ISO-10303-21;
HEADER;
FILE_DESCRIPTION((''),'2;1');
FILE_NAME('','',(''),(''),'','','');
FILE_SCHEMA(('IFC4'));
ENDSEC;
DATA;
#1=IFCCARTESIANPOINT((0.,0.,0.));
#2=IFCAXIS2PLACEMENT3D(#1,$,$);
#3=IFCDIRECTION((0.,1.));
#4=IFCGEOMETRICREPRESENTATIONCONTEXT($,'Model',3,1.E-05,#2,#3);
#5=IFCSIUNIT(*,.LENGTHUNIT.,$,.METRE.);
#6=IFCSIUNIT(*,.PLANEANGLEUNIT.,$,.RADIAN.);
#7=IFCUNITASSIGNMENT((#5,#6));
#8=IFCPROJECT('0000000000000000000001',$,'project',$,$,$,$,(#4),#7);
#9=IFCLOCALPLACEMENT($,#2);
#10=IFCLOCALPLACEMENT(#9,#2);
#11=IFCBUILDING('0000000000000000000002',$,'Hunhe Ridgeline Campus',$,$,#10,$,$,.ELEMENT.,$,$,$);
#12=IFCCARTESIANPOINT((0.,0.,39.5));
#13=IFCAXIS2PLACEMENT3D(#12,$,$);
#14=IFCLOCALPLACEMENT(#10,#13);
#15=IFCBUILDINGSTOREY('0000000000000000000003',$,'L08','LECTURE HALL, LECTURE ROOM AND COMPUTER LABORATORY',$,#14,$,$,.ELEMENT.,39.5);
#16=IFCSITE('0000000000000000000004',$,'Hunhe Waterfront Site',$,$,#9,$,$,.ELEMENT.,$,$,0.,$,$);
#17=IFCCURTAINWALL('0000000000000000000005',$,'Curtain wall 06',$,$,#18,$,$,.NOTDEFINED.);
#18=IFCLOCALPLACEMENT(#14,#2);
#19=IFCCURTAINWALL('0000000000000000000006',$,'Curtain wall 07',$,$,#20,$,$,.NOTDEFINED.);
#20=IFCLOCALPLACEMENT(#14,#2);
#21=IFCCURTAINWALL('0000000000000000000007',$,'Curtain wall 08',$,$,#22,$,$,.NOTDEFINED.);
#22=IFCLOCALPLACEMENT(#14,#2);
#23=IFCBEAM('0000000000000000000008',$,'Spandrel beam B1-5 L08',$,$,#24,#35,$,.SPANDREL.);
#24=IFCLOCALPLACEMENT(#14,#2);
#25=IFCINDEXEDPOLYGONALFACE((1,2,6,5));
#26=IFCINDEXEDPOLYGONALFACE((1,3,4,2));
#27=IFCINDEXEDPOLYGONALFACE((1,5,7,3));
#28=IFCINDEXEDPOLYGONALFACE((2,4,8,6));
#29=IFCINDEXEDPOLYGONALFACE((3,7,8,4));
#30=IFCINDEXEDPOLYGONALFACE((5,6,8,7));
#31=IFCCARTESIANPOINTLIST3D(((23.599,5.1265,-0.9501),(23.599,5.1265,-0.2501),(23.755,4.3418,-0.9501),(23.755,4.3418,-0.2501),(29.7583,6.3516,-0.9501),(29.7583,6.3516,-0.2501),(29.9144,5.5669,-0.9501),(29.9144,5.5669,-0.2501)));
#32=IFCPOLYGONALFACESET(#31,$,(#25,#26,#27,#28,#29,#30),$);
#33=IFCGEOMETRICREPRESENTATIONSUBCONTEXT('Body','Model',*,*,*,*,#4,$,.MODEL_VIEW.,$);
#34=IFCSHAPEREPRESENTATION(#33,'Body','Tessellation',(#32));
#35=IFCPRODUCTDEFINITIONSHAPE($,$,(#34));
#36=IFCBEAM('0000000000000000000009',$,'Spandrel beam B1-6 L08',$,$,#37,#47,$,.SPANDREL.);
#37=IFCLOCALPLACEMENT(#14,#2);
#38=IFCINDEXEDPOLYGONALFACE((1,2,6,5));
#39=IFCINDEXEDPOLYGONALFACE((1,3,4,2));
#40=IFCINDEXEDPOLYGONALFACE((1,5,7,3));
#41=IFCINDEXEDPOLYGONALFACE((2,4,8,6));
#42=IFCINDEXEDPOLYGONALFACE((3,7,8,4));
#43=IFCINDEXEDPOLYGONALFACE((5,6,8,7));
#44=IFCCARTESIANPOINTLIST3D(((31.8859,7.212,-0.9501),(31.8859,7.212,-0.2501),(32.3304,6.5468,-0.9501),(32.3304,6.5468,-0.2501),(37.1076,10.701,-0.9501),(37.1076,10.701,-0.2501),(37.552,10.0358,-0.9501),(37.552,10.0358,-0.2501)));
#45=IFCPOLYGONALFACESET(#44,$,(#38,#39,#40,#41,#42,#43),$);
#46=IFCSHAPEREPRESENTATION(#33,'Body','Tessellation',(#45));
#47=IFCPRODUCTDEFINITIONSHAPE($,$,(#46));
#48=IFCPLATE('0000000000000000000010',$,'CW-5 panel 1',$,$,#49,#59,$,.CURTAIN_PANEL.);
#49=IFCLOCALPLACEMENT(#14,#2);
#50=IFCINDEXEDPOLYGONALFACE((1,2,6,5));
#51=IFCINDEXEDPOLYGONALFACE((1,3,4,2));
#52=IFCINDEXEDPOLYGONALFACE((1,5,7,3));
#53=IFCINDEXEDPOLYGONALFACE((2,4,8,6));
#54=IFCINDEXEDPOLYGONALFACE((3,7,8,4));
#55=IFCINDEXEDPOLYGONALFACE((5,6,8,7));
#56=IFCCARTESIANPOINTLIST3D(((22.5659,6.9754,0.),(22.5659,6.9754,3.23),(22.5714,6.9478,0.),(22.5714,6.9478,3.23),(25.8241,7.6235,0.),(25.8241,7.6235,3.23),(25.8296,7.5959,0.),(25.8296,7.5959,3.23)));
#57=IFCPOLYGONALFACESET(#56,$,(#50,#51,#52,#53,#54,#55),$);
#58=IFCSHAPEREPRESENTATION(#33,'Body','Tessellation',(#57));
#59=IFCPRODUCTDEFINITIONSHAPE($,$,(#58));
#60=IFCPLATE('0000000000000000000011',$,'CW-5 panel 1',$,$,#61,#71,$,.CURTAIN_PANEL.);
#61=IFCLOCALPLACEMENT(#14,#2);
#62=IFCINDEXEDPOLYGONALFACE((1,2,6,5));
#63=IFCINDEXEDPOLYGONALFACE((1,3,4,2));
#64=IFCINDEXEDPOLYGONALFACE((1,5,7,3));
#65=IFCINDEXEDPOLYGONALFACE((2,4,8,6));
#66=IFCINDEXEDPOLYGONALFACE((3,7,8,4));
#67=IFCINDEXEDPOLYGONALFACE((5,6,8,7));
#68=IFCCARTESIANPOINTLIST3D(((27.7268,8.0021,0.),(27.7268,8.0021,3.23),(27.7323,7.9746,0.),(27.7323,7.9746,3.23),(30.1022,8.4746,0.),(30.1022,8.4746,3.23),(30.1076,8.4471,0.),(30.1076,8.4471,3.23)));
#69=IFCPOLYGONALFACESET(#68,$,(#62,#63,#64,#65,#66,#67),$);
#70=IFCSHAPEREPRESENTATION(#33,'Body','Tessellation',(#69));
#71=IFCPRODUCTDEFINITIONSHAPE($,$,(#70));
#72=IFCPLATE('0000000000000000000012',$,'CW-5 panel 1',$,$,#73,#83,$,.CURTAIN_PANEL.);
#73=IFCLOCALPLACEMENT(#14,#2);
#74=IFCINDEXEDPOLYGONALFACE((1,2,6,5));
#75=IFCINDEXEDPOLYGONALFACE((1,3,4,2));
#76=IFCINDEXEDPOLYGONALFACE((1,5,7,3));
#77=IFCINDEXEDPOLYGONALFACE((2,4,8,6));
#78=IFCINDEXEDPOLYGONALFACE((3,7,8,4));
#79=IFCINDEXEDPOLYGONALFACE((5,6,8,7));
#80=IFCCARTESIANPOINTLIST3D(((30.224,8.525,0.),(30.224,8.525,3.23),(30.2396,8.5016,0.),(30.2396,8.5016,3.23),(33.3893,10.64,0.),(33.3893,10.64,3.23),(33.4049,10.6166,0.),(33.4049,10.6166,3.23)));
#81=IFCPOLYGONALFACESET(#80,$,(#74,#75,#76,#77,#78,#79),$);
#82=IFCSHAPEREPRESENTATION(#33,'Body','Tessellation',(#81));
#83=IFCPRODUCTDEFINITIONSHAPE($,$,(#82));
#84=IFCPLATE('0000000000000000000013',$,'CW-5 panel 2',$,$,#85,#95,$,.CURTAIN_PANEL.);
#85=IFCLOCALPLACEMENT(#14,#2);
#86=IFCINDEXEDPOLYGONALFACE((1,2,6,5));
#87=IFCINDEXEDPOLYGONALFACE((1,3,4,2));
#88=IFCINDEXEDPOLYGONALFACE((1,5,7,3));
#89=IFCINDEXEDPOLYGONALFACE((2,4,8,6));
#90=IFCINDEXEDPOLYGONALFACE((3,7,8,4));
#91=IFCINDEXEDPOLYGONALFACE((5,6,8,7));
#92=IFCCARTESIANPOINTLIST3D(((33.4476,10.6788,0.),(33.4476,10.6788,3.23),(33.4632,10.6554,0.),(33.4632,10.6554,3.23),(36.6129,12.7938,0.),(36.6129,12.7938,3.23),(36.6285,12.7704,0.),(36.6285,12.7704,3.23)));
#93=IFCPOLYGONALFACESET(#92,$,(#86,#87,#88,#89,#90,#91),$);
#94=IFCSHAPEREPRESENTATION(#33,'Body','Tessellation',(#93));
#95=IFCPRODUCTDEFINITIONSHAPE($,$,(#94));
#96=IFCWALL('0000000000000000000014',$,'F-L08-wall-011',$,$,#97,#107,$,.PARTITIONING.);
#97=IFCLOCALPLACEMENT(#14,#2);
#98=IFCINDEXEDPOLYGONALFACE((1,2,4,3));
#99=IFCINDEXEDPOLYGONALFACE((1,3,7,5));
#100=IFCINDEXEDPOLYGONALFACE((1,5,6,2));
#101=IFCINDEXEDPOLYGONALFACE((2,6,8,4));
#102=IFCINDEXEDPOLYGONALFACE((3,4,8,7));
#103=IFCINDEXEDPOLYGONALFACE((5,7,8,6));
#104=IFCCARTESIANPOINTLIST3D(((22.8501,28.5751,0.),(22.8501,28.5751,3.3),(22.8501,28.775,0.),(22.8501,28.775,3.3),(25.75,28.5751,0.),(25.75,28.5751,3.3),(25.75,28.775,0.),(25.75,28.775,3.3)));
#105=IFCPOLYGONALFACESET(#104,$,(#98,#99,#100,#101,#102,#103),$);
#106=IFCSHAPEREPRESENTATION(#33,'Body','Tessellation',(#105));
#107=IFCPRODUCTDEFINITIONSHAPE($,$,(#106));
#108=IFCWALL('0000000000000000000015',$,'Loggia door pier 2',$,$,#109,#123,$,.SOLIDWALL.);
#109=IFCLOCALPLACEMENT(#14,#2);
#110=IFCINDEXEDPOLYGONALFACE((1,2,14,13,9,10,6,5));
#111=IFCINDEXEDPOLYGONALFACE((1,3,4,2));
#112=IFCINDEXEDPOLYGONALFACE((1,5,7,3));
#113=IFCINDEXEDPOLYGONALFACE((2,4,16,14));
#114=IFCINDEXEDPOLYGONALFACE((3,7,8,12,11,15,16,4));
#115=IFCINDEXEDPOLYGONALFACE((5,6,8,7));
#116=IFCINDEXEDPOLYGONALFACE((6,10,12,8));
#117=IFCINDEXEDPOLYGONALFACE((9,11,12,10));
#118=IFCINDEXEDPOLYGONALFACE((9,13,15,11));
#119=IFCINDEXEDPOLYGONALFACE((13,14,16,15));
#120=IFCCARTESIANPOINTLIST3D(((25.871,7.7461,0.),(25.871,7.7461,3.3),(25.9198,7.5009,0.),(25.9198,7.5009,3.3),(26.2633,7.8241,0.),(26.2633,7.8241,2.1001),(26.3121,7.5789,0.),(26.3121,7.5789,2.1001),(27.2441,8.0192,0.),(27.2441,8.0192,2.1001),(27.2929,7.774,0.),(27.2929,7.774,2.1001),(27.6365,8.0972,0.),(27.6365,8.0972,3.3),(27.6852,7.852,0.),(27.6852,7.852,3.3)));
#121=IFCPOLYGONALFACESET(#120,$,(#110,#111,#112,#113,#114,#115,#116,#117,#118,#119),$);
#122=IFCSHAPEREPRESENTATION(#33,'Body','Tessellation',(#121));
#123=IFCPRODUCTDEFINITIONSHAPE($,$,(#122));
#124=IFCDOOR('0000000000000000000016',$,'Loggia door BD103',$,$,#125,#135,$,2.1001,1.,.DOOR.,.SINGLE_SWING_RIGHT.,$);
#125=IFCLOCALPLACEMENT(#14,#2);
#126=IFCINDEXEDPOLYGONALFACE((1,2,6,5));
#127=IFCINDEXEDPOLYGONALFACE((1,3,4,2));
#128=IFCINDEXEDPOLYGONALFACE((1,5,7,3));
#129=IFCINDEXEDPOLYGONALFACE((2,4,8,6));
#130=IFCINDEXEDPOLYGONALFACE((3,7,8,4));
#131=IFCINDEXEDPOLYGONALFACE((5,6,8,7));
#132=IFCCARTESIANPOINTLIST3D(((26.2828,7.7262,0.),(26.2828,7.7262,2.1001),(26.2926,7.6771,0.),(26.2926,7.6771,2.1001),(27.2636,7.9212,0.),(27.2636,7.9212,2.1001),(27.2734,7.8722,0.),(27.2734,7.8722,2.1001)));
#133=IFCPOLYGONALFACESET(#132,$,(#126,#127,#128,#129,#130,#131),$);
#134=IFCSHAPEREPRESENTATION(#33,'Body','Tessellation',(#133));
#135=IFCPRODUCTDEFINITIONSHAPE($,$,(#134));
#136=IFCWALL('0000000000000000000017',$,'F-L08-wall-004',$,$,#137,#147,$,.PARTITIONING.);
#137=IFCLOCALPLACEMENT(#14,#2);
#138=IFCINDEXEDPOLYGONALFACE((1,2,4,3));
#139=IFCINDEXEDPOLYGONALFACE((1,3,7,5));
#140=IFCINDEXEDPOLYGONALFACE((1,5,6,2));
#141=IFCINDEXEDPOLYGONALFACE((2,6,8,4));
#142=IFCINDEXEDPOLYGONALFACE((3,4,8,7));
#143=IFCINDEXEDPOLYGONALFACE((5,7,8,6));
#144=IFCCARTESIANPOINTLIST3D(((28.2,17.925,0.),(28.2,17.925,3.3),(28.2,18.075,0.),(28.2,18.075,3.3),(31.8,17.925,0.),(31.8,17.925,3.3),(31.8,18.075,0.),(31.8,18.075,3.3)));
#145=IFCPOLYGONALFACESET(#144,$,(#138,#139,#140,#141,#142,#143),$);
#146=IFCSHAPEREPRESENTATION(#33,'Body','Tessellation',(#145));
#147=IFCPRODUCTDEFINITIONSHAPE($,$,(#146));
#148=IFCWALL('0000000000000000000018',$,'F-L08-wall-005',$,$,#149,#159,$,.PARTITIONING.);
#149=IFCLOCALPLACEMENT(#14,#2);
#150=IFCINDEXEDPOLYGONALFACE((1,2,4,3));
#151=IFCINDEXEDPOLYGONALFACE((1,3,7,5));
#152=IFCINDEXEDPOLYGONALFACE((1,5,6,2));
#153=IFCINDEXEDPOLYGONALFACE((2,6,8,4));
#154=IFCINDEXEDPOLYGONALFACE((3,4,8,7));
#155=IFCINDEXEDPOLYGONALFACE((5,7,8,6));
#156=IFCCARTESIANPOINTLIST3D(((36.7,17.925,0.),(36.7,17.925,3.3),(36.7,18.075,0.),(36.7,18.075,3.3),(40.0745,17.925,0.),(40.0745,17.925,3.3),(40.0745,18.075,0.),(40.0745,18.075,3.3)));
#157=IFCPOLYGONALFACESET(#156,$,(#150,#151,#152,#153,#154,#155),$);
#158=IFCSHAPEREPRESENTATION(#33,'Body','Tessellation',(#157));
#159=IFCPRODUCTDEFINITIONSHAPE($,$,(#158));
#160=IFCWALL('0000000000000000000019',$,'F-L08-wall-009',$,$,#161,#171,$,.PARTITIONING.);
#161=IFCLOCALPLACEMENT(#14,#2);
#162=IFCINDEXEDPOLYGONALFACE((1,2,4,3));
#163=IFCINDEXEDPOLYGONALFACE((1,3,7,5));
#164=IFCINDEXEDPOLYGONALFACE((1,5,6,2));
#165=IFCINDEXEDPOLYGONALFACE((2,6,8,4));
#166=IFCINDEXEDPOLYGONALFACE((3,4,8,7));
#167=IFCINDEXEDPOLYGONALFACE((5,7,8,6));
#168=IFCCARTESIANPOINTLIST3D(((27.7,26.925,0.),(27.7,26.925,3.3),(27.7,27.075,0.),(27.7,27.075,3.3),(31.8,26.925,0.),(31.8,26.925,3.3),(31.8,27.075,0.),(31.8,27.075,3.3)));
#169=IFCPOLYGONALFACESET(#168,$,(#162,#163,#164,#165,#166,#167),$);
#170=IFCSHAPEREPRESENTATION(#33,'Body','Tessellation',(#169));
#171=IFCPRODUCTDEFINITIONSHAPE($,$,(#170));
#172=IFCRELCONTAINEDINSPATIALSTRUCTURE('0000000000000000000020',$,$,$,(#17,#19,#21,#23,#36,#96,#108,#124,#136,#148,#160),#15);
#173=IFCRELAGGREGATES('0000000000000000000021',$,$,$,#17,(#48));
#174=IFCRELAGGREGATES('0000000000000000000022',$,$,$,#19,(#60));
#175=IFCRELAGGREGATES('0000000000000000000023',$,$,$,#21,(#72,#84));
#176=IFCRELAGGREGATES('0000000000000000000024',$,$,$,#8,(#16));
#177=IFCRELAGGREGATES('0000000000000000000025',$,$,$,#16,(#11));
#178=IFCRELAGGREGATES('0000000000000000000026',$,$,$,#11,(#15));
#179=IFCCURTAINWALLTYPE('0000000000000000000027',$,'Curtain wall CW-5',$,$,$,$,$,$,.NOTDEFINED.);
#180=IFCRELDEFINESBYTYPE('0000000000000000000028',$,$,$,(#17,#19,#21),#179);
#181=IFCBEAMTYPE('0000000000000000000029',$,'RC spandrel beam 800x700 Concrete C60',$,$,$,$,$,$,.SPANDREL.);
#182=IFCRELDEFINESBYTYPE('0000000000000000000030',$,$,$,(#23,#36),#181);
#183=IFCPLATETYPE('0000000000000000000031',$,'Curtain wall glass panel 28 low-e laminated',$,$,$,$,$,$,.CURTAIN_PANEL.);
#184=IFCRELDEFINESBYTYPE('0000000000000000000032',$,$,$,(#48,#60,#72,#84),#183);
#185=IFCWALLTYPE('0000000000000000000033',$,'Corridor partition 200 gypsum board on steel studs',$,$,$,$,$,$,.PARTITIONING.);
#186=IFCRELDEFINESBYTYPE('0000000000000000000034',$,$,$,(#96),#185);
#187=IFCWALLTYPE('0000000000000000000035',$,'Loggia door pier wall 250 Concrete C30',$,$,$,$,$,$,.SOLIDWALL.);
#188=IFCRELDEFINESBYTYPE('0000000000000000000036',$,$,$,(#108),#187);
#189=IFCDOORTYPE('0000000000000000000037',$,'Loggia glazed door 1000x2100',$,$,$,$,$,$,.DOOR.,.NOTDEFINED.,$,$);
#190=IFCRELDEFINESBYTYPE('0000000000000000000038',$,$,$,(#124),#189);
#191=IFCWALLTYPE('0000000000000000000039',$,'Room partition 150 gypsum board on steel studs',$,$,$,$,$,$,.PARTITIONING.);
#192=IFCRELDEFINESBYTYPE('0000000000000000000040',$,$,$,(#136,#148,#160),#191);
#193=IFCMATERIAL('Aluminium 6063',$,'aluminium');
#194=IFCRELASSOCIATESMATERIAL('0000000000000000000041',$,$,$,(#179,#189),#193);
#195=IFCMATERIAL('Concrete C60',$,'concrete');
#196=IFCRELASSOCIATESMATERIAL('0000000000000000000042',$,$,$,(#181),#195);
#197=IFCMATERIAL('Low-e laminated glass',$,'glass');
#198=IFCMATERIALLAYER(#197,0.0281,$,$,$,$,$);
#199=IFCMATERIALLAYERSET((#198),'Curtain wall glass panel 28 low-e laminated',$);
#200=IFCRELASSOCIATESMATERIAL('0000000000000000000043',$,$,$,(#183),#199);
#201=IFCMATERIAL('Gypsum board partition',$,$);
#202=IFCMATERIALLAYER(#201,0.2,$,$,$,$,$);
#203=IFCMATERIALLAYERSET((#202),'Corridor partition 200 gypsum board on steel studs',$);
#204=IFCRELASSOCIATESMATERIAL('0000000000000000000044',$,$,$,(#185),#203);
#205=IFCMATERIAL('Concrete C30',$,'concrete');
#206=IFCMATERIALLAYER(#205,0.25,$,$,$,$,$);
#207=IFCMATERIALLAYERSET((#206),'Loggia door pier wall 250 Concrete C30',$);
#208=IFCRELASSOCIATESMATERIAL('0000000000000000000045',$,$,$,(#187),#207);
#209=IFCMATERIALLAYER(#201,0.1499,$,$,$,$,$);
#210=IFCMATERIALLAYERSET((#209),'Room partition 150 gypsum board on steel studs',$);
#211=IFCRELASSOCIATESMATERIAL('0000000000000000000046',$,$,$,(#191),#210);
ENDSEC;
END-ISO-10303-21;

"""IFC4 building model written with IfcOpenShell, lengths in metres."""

from ifc_helpers import new_model, si_unit, direction, frame, frame_2d, origin, origin_2d, place, context, subcontext, project, spatial, rectangle, extrude, material, layer, layer_set, material_profile, profile_set, type_object, element, fill, aggregate, save


model = new_model("IFC4")

# Units and contexts
model_context = context("Model", 3, precision=1e-05, world=origin(), true_north=direction((0.0, 1.0)))
body_context = subcontext(model_context, "Body", "Model", "MODEL_VIEW")
ifc_project = project(units=[si_unit("LENGTHUNIT", "METRE"), si_unit("PLANEANGLEUNIT", "RADIAN")], contexts=[model_context])

# Site, building, storey
site_placement = place(None, origin())
site = spatial("IfcSite", under=ifc_project, at=site_placement, Name="Hunhe Waterfront Site", CompositionType="ELEMENT", RefElevation=0.0)
building_placement = place(site_placement, origin())
building = spatial("IfcBuilding", under=site, at=building_placement, Name="Hunhe Ridgeline Campus", CompositionType="ELEMENT")
storey_placement = place(building_placement, frame((0.0, 0.0, 39.5)))
storey = spatial("IfcBuildingStorey", under=building, at=storey_placement, Name="L08", Description="LECTURE HALL, LECTURE ROOM AND COMPUTER LABORATORY", CompositionType="ELEMENT", Elevation=39.5)

# Curtain wall
ifc_material_1 = material(Name="Aluminium 6063", Category="aluminium")
curtain_wall_type = type_object("IfcCurtainWallType", Name="Curtain wall CW-5", PredefinedType="NOTDEFINED", material=ifc_material_1)
curtain_wall_1_placement = place(storey_placement, origin())
curtain_wall_1 = element("IfcCurtainWall", 1, at=curtain_wall_1_placement, inside=storey, type_object=curtain_wall_type, Name="Curtain wall 06", PredefinedType="NOTDEFINED")

# Curtain walls
curtain_wall_2_placement = place(storey_placement, origin())
curtain_wall_2 = element("IfcCurtainWall", 2, at=curtain_wall_2_placement, inside=storey, type_object=curtain_wall_type, Name="Curtain wall 07", PredefinedType="NOTDEFINED")
curtain_wall_3_placement = place(storey_placement, origin())
curtain_wall_3 = element("IfcCurtainWall", 3, at=curtain_wall_3_placement, inside=storey, type_object=curtain_wall_type, Name="Curtain wall 08", PredefinedType="NOTDEFINED")

# Beams
ifc_material_2 = material(Name="Concrete C60", Category="concrete")
ifc_material_profile_1 = material_profile(ifc_material_2, rectangle(XDim=0.8, YDim=0.7, at=origin_2d()))
ifc_profile_set_1 = profile_set([ifc_material_profile_1], Name="Concrete C60")
beam_type = type_object("IfcBeamType", Name="RC spandrel beam 800x700 Concrete C60", PredefinedType="SPANDREL", material=ifc_profile_set_1)
for number, where, z_axis, x_axis, name in (
    (4, (23.677, 4.7341, -0.6001), (0.980788, 0.195077, 0.0), (-0.195077, 0.980788, 0.0), "Spandrel beam B1-5 L08"),
    (5, (32.1082, 6.8794, -0.6001), (0.83147, 0.55557, 0.0), (-0.55557, 0.83147, 0.0), "Spandrel beam B1-6 L08"),
):
    element("IfcBeam", number, at=place(storey_placement, frame(where, z_axis=z_axis, x_axis=x_axis)), inside=storey, type_object=beam_type, Name=name, PredefinedType="SPANDREL", context=body_context, shape_type="SweptSolid", body=[
        extrude(rectangle(XDim=0.8, YDim=0.7, at=origin_2d()), origin(), (0.0, 0.0, 1.0), 6.28),
    ])

# Plates
ifc_material_3 = material(Name="Low-e laminated glass", Category="glass")
ifc_layer_1 = layer(ifc_material_3, 0.0281)
ifc_layer_set_1 = layer_set([ifc_layer_1], Name="Curtain wall glass panel 28 low-e laminated")
plate_type = type_object("IfcPlateType", Name="Curtain wall glass panel 28 low-e laminated", PredefinedType="CURTAIN_PANEL", material=ifc_layer_set_1)
plate_1_placement = place(storey_placement, frame((24.1978, 7.2856, 0.0), z_axis=(0.0, 0.0, 1.0), x_axis=(0.980785, 0.19509, 0.0)))
plate_1 = element("IfcPlate", 6, at=plate_1_placement, type_object=plate_type, Name="CW-5 panel 1", PredefinedType="CURTAIN_PANEL", context=body_context, shape_type="SweptSolid", body=[
    extrude(rectangle(XDim=3.322, YDim=0.0281, at=origin_2d()), origin(), (0.0, 0.0, 1.0), 3.23),
])
aggregate(curtain_wall_1, [plate_1])
plate_2_placement = place(storey_placement, frame((28.9172, 8.2246, 0.0), z_axis=(0.0, 0.0, 1.0), x_axis=(0.980785, 0.195091, 0.0)))
plate_2 = element("IfcPlate", 7, at=plate_2_placement, type_object=plate_type, Name="CW-5 panel 1", PredefinedType="CURTAIN_PANEL", context=body_context, shape_type="SweptSolid", body=[
    extrude(rectangle(XDim=2.4219, YDim=0.0281, at=origin_2d()), origin(), (0.0, 0.0, 1.0), 3.23),
])
aggregate(curtain_wall_2, [plate_2])
plate_3_placement = place(storey_placement, frame((31.8145, 9.5708, 0.0), z_axis=(0.0, 0.0, 1.0), x_axis=(0.83147, 0.55557, 0.0)))
plate_3 = element("IfcPlate", 8, at=plate_3_placement, type_object=plate_type, Name="CW-5 panel 1", PredefinedType="CURTAIN_PANEL", context=body_context, shape_type="SweptSolid", body=[
    extrude(rectangle(XDim=3.8069, YDim=0.0281, at=origin_2d()), origin(), (0.0, 0.0, 1.0), 3.23),
])
plate_4_placement = place(storey_placement, frame((35.0381, 11.7246, 0.0), z_axis=(0.0, 0.0, 1.0), x_axis=(0.83147, 0.55557, 0.0)))
plate_4 = element("IfcPlate", 9, at=plate_4_placement, type_object=plate_type, Name="CW-5 panel 2", PredefinedType="CURTAIN_PANEL", context=body_context, shape_type="SweptSolid", body=[
    extrude(rectangle(XDim=3.8069, YDim=0.0281, at=origin_2d()), origin(), (0.0, 0.0, 1.0), 3.23),
])
aggregate(curtain_wall_3, [plate_3, plate_4])

# Wall
ifc_material_4 = material(Name="Gypsum board partition")
ifc_layer_2 = layer(ifc_material_4, 0.2)
ifc_layer_set_2 = layer_set([ifc_layer_2], Name="Corridor partition 200 gypsum board on steel studs")
wall_type_1 = type_object("IfcWallType", Name="Corridor partition 200 gypsum board on steel studs", PredefinedType="PARTITIONING", material=ifc_layer_set_2)
wall_1_placement = place(storey_placement, frame((25.75, 28.675, 0.0), z_axis=(0.0, 0.0, 1.0), x_axis=(-1.0, 0.0, 0.0)))
element("IfcWall", 10, at=wall_1_placement, inside=storey, type_object=wall_type_1, Name="F-L08-wall-011", PredefinedType="PARTITIONING", context=body_context, shape_type="SweptSolid", body=[
    extrude(rectangle(XDim=2.8999, YDim=0.2, at=frame_2d((1.45, 0.0))), origin(), (0.0, 0.0, 1.0), 3.3),
])

# Wall, opening, door
ifc_material_5 = material(Name="Concrete C30", Category="concrete")
ifc_layer_3 = layer(ifc_material_5, 0.25)
ifc_layer_set_3 = layer_set([ifc_layer_3], Name="Loggia door pier wall 250 Concrete C30")
wall_type_2 = type_object("IfcWallType", Name="Loggia door pier wall 250 Concrete C30", PredefinedType="SOLIDWALL", material=ifc_layer_set_3)
wall_2_placement = place(storey_placement, frame((25.8955, 7.6235, 0.0), z_axis=(0.0, 0.0, 1.0), x_axis=(0.980794, 0.195047, 0.0)))
wall_2 = element("IfcWall", 11, at=wall_2_placement, inside=storey, type_object=wall_type_2, Name="Loggia door pier 2", PredefinedType="SOLIDWALL", context=body_context, shape_type="SweptSolid", body=[
    extrude(rectangle(XDim=1.8, YDim=0.25, at=frame_2d((0.8999, 0.0))), origin(), (0.0, 0.0, 1.0), 3.3),
])
opening_1_placement = place(wall_2_placement, frame((0.3999, 0.0, 0.0)))
opening_1 = element("IfcOpeningElement", 12, at=opening_1_placement, cuts=wall_2, PredefinedType="OPENING", context=body_context, shape_type="SweptSolid", body=[
    extrude(rectangle(XDim=1.0, YDim=2.1001, at=frame_2d((0.5, 1.05))), frame((0.0, 0.125, 0.0), z_axis=(0.0, -1.0, 0.0), x_axis=(1.0, 0.0, 0.0)), (0.0, 0.0, 1.0), 0.25),
])
door_type_1 = type_object("IfcDoorType", Name="Loggia glazed door 1000x2100", OperationType="NOTDEFINED", PredefinedType="DOOR", material=ifc_material_1)
door_1_placement = place(opening_1_placement, frame((1.0, 0.0, 0.0), z_axis=(0.0, 0.0, 1.0), x_axis=(-1.0, 0.0, 0.0)))
door_1 = element("IfcDoor", 13, at=door_1_placement, inside=storey, type_object=door_type_1, Name="Loggia door BD103", OperationType="SINGLE_SWING_RIGHT", OverallHeight=2.1001, OverallWidth=1.0, PredefinedType="DOOR", context=body_context, shape_type="SweptSolid", body=[
    extrude(rectangle(XDim=1.0, YDim=2.1001, at=frame_2d((0.5, 1.05))), frame((0.0, 0.0249, 0.0), z_axis=(0.0, -1.0, 0.0), x_axis=(1.0, 0.0, 0.0)), (0.0, 0.0, 1.0), 0.05),
])
fill(opening_1, door_1)

# Walls
ifc_layer_4 = layer(ifc_material_4, 0.1499)
ifc_layer_set_4 = layer_set([ifc_layer_4], Name="Room partition 150 gypsum board on steel studs")
wall_type_3 = type_object("IfcWallType", Name="Room partition 150 gypsum board on steel studs", PredefinedType="PARTITIONING", material=ifc_layer_set_4)
wall_3_placement = place(storey_placement, frame((28.2, 18.0, 0.0), z_axis=(0.0, 0.0, 1.0), x_axis=(1.0, 0.0, 0.0)))
element("IfcWall", 14, at=wall_3_placement, inside=storey, type_object=wall_type_3, Name="F-L08-wall-004", PredefinedType="PARTITIONING", context=body_context, shape_type="SweptSolid", body=[
    extrude(rectangle(XDim=3.6001, YDim=0.1499, at=frame_2d((1.8, 0.0))), origin(), (0.0, 0.0, 1.0), 3.3),
])
wall_4_placement = place(storey_placement, frame((36.7, 18.0, 0.0), z_axis=(0.0, 0.0, 1.0), x_axis=(1.0, 0.0, 0.0)))
element("IfcWall", 15, at=wall_4_placement, inside=storey, type_object=wall_type_3, Name="F-L08-wall-005", PredefinedType="PARTITIONING", context=body_context, shape_type="SweptSolid", body=[
    extrude(rectangle(XDim=3.3745, YDim=0.1499, at=frame_2d((1.6873, 0.0))), origin(), (0.0, 0.0, 1.0), 3.3),
])
wall_5_placement = place(storey_placement, frame((27.7, 27.0, 0.0), z_axis=(0.0, 0.0, 1.0), x_axis=(1.0, 0.0, 0.0)))
element("IfcWall", 16, at=wall_5_placement, inside=storey, type_object=wall_type_3, Name="F-L08-wall-009", PredefinedType="PARTITIONING", context=body_context, shape_type="SweptSolid", body=[
    extrude(rectangle(XDim=4.1001, YDim=0.1499, at=frame_2d((2.05, 0.0))), origin(), (0.0, 0.0, 1.0), 3.3),
])

save(model, "model.ifc")
